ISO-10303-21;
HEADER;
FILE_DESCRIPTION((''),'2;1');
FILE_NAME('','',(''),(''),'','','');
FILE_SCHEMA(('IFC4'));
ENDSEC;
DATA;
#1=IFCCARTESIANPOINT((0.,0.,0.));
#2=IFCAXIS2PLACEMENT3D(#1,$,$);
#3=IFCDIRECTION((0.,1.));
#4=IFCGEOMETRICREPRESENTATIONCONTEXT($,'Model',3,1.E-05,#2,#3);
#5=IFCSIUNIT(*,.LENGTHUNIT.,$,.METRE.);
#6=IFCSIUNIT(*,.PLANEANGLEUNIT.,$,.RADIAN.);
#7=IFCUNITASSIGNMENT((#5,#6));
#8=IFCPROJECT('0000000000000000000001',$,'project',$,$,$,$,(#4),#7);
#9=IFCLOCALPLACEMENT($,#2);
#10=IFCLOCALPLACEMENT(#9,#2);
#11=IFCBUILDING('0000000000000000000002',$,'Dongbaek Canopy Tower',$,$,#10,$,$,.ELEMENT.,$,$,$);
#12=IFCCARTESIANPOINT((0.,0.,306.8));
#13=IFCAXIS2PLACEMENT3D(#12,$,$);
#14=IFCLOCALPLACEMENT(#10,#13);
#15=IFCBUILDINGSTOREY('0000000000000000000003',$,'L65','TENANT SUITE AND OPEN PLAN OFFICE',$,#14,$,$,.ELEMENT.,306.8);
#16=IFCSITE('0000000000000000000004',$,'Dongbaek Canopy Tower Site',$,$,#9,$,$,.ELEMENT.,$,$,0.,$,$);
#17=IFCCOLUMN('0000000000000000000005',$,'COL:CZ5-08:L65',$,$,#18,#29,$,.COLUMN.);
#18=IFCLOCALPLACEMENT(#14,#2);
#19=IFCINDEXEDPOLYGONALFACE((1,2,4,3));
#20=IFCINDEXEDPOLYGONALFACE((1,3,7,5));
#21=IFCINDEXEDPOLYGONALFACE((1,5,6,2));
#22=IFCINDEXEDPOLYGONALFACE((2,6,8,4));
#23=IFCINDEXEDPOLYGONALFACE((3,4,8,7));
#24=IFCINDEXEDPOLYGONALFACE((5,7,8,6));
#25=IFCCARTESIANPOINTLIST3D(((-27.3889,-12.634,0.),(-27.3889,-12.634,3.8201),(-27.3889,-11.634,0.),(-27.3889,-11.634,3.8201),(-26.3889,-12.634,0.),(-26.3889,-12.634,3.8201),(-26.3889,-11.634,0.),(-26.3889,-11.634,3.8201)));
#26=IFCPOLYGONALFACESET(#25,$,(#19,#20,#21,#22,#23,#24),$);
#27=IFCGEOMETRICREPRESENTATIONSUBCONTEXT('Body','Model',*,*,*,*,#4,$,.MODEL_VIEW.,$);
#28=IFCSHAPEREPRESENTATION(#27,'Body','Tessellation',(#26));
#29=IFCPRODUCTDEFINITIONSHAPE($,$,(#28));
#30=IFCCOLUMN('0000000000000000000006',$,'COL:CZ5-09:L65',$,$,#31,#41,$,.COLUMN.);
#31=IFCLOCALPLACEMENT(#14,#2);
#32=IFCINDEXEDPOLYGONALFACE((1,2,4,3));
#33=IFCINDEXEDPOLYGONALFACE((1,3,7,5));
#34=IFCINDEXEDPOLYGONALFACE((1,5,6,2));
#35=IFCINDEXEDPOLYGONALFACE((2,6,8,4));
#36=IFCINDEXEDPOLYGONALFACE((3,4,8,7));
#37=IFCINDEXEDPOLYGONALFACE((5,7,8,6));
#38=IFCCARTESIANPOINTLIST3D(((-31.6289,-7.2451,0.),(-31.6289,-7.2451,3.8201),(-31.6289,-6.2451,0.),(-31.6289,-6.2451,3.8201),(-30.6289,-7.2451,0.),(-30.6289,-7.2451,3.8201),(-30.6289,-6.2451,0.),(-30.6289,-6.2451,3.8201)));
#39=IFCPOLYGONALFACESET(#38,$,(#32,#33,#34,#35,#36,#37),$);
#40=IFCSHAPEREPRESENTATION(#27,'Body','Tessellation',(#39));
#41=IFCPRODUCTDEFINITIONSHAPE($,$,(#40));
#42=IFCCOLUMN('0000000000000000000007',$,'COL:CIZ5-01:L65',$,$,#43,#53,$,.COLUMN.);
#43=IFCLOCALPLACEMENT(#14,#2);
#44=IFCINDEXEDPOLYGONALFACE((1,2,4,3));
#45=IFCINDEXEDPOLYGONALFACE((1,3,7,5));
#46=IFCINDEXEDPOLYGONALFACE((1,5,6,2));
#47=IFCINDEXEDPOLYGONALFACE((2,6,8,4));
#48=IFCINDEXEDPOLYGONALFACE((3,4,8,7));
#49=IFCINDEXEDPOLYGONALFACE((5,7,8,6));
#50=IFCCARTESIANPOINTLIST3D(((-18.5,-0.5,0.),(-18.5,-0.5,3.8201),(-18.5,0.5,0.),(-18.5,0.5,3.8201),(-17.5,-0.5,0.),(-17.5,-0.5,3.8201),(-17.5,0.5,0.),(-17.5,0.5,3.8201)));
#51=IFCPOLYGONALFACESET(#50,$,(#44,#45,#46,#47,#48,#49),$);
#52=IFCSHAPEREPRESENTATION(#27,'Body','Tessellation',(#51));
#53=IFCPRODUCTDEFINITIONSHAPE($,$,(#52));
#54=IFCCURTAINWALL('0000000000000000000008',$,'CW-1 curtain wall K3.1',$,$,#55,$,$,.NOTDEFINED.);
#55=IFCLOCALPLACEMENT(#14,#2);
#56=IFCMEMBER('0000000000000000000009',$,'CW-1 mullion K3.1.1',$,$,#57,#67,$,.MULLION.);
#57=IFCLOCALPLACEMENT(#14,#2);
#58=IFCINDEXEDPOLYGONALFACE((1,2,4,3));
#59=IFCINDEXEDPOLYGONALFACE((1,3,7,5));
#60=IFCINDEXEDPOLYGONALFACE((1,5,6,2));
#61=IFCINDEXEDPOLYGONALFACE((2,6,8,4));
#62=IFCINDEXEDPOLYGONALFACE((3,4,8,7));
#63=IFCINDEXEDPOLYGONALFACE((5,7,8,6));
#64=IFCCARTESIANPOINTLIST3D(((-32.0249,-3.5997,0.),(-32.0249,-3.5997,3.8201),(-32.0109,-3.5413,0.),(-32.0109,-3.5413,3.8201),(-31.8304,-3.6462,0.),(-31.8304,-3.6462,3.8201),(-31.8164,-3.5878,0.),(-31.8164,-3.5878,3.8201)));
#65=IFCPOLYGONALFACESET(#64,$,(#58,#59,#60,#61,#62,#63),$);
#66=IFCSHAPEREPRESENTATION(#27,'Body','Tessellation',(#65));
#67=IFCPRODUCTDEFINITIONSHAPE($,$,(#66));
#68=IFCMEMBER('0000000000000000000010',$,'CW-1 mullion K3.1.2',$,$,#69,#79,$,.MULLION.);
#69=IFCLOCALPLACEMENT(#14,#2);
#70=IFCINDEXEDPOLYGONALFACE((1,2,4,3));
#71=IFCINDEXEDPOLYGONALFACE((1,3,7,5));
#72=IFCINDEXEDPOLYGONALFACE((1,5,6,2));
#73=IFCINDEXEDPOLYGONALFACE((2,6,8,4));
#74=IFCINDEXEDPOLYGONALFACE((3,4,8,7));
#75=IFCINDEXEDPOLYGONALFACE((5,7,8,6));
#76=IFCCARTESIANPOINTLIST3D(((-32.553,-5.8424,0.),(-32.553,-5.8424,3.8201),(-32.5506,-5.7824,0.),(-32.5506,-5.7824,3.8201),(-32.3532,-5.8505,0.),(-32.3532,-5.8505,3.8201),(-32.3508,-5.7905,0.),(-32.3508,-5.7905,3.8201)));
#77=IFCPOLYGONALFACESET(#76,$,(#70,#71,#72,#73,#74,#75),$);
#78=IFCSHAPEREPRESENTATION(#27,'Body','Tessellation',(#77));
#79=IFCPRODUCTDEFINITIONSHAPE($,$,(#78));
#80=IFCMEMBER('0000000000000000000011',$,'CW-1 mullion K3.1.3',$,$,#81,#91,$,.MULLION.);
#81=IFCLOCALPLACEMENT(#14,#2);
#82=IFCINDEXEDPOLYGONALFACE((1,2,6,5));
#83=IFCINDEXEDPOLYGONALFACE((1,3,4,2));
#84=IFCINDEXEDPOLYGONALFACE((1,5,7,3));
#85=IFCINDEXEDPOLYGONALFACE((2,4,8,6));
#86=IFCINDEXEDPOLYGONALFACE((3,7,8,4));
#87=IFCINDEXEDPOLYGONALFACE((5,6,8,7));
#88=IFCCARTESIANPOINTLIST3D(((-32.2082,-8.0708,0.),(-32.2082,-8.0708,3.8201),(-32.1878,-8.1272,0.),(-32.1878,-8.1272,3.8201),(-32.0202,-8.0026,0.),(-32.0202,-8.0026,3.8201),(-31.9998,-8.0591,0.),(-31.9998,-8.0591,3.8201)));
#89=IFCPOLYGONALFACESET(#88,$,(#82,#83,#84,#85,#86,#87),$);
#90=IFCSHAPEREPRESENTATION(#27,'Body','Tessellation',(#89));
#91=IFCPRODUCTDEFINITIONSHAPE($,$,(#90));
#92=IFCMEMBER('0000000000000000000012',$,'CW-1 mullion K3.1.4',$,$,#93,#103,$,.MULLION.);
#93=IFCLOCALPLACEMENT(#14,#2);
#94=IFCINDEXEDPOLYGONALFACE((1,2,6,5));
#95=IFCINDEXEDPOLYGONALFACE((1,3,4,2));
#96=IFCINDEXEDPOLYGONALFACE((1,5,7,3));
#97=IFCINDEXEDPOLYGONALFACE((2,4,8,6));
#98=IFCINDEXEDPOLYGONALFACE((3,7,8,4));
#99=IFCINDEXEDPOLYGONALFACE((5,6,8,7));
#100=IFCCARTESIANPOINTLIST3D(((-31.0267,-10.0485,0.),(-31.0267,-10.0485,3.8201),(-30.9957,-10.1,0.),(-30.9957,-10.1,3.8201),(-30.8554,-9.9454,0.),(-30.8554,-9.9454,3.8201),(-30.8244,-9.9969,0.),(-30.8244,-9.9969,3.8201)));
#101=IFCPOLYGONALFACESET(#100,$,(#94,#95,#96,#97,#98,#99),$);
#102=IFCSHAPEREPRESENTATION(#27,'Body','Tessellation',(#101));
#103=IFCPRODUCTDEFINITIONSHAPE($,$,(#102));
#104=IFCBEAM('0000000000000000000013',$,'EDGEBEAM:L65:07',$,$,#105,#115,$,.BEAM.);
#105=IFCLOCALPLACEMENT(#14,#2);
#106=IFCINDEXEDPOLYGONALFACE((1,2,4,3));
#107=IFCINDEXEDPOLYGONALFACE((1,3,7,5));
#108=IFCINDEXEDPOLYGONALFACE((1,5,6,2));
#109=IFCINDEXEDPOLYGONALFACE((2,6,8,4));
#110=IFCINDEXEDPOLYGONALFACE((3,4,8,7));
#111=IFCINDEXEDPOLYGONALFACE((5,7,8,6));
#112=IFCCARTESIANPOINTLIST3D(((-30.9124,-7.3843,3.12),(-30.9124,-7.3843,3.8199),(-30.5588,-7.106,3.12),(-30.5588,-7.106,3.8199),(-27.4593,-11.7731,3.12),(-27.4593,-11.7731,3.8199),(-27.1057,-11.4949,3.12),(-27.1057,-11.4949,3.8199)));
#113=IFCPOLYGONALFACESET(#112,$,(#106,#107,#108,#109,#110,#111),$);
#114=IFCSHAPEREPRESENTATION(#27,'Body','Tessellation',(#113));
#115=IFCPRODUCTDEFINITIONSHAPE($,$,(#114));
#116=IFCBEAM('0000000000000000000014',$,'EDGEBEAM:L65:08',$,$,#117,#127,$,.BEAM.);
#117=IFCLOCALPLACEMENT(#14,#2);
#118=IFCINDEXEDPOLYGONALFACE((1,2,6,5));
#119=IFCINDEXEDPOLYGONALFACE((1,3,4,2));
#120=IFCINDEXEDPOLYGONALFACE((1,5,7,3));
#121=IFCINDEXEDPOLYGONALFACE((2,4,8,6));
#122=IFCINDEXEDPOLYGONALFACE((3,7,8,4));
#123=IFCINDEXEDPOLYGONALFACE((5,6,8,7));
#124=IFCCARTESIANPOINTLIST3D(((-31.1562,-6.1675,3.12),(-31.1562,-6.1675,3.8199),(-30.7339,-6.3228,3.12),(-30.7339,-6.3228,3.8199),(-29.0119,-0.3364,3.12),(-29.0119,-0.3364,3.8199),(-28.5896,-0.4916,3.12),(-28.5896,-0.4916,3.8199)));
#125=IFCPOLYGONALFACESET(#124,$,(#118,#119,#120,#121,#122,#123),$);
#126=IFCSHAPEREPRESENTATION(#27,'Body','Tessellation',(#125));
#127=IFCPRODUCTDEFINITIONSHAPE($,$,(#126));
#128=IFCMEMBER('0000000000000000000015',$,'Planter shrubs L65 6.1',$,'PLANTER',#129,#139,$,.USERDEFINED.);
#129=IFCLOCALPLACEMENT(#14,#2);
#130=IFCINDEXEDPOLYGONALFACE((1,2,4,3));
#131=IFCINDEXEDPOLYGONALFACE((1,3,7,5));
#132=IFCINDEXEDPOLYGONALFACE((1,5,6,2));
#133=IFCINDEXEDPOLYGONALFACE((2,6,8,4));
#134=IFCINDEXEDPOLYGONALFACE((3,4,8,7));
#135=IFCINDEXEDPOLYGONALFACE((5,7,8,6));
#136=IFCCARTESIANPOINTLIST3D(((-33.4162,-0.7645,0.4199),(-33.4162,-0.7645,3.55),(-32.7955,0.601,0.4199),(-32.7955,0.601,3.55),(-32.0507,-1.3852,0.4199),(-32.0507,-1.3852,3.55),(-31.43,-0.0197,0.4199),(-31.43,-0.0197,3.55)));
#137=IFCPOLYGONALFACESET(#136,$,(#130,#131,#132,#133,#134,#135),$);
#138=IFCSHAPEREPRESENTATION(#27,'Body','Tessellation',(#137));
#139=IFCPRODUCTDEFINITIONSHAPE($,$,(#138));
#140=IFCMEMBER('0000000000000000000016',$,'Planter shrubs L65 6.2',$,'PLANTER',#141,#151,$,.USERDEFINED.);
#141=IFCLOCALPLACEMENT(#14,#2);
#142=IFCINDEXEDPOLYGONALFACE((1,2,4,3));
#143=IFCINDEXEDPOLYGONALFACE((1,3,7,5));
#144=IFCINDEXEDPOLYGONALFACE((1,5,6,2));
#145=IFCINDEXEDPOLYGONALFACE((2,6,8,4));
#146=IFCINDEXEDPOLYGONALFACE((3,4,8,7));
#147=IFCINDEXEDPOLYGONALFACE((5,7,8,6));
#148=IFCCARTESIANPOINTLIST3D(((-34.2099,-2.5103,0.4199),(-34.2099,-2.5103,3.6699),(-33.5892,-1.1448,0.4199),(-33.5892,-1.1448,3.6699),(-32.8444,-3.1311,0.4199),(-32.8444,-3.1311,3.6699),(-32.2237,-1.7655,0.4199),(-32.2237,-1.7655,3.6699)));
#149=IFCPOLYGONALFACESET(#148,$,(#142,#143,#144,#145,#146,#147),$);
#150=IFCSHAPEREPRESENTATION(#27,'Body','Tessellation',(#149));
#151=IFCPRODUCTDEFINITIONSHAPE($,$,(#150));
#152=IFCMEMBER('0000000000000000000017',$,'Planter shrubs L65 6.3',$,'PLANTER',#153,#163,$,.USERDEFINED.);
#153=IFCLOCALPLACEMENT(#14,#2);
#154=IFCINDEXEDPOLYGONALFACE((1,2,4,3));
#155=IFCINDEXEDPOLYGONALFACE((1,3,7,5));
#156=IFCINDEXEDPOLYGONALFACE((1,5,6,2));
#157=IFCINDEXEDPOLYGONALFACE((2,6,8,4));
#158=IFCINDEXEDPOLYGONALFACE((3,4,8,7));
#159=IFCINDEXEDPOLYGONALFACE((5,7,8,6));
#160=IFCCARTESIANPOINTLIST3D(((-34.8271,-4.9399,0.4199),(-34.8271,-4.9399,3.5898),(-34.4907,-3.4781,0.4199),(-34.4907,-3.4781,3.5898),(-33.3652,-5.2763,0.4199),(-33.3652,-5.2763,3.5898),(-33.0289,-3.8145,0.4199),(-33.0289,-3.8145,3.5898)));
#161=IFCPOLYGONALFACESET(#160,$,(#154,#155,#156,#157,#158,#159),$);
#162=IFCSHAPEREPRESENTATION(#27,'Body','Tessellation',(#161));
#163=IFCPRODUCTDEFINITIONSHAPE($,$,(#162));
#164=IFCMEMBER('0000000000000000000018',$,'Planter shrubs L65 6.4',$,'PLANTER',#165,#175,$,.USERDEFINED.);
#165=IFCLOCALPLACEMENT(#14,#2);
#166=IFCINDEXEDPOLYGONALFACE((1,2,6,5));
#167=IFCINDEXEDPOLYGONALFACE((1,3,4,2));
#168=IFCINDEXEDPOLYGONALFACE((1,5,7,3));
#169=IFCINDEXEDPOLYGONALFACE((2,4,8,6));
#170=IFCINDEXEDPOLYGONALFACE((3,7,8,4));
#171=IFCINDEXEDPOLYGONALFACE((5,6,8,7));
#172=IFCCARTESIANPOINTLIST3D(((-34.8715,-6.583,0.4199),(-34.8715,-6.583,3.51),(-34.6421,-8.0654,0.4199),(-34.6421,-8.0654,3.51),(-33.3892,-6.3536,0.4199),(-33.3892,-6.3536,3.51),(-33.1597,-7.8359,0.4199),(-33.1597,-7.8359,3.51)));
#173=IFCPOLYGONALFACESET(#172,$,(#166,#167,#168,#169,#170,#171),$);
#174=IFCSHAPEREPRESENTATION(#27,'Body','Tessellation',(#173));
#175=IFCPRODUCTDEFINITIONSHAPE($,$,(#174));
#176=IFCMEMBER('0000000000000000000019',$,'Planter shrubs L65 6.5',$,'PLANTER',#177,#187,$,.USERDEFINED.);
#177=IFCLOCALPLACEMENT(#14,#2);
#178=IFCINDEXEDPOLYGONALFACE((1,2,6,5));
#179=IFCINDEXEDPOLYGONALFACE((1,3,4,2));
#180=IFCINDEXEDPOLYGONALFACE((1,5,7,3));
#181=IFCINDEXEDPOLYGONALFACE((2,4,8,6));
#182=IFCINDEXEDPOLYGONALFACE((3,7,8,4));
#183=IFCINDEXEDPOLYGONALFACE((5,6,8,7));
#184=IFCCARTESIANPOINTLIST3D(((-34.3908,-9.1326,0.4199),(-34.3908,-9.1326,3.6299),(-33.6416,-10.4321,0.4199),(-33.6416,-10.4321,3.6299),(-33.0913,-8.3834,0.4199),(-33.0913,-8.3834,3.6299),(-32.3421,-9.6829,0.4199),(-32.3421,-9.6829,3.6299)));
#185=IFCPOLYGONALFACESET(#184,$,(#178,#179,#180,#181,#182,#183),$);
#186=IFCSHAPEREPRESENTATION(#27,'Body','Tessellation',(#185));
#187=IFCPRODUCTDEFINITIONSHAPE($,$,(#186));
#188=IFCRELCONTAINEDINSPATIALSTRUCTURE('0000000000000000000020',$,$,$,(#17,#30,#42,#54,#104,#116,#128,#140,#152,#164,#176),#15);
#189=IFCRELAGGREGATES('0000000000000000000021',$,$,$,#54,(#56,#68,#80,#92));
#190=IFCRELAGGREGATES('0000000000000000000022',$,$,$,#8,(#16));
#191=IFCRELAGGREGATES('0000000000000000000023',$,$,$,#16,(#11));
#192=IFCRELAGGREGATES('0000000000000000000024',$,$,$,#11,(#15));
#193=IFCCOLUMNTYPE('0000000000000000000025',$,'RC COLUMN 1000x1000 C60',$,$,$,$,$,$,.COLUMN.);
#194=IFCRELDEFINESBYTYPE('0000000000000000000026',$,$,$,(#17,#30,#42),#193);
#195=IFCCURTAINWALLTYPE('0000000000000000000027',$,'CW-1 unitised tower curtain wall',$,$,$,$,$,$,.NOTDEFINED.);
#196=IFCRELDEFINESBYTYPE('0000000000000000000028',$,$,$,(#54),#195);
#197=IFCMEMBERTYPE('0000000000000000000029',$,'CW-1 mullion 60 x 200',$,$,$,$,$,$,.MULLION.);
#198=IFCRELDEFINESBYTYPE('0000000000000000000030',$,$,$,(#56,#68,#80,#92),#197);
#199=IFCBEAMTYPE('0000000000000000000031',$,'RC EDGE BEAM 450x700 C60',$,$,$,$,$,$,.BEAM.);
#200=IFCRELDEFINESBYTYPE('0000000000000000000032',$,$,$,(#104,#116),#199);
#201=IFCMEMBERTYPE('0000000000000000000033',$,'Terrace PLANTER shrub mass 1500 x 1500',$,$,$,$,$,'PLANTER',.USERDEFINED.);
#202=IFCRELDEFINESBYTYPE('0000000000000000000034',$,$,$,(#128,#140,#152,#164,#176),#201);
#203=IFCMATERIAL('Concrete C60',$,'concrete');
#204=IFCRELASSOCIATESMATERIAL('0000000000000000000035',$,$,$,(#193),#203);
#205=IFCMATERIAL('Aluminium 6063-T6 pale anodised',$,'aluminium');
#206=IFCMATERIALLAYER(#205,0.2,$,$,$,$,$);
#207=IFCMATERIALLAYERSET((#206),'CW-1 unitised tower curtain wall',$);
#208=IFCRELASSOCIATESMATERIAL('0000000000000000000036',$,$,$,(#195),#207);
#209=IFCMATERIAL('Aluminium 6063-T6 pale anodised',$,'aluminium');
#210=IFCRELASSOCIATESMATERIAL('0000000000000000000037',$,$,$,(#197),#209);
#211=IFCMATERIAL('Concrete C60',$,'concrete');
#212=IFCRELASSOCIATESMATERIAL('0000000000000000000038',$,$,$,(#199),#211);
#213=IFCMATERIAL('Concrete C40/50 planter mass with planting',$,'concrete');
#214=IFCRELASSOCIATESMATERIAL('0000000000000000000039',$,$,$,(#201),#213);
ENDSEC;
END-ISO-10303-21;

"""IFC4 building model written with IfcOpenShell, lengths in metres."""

from ifc_helpers import new_model, si_unit, direction, frame, origin, origin_2d, place, context, subcontext, project, spatial, rectangle, extrude, material, layer, layer_set, material_profile, profile_set, type_object, element, aggregate, save


model = new_model("IFC4")

# Units and contexts
model_context = context("Model", 3, precision=1e-05, world=origin(), true_north=direction((0.0, 1.0)))
body_context = subcontext(model_context, "Body", "Model", "MODEL_VIEW")
ifc_project = project(units=[si_unit("LENGTHUNIT", "METRE"), si_unit("PLANEANGLEUNIT", "RADIAN")], contexts=[model_context])

# Site, building, storey
site_placement = place(None, origin())
site = spatial("IfcSite", under=ifc_project, at=site_placement, Name="Dongbaek Canopy Tower Site", CompositionType="ELEMENT", RefElevation=0.0)
building_placement = place(site_placement, origin())
building = spatial("IfcBuilding", under=site, at=building_placement, Name="Dongbaek Canopy Tower", CompositionType="ELEMENT")
storey_placement = place(building_placement, frame((0.0, 0.0, 306.8)))
storey = spatial("IfcBuildingStorey", under=building, at=storey_placement, Name="L65", Description="TENANT SUITE AND OPEN PLAN OFFICE", CompositionType="ELEMENT", Elevation=306.8)

# Columns
ifc_material_1 = material(Name="Concrete C60", Category="concrete")
ifc_material_profile_1 = material_profile(ifc_material_1, rectangle(XDim=1.0, YDim=1.0, at=origin_2d()), Name="RC COLUMN 1000x1000 C60")
ifc_profile_set_1 = profile_set([ifc_material_profile_1], Name="Concrete C60")
column_type = type_object("IfcColumnType", Name="RC COLUMN 1000x1000 C60", PredefinedType="COLUMN", material=ifc_profile_set_1)
for number, where, z_axis, x_axis, name in (
    (1, (-26.8889, -12.134, 0.0), (0.0, 0.0, 1.0), (1.0, 0.0, 0.0), "COL:CZ5-08:L65"),
    (2, (-31.1289, -6.7451, 0.0), (0.0, 0.0, 1.0), (1.0, 0.0, 0.0), "COL:CZ5-09:L65"),
    (3, (-18.0, 0.0, 0.0), (0.0, 0.0, 1.0), (1.0, 0.0, 0.0), "COL:CIZ5-01:L65"),
):
    element("IfcColumn", number, at=place(storey_placement, frame(where, z_axis=z_axis, x_axis=x_axis)), inside=storey, type_object=column_type, Name=name, PredefinedType="COLUMN", context=body_context, shape_type="SweptSolid", body=[
        extrude(rectangle(XDim=1.0, YDim=1.0, at=origin_2d()), origin(), (0.0, 0.0, 1.0), 3.8201),
    ])

# Curtain wall, members
ifc_material_2 = material(Name="Aluminium 6063-T6 pale anodised", Category="aluminium")
ifc_layer_1 = layer(ifc_material_2, 0.2)
ifc_layer_set_1 = layer_set([ifc_layer_1], Name="CW-1 unitised tower curtain wall")
curtain_wall_type = type_object("IfcCurtainWallType", Name="CW-1 unitised tower curtain wall", PredefinedType="NOTDEFINED", material=ifc_layer_set_1)
curtain_wall_placement = place(storey_placement, origin())
curtain_wall = element("IfcCurtainWall", 4, at=curtain_wall_placement, inside=storey, type_object=curtain_wall_type, Name="CW-1 curtain wall K3.1", PredefinedType="NOTDEFINED")
ifc_material_3 = material(Name="Aluminium 6063-T6 pale anodised", Category="aluminium")
ifc_material_profile_2 = material_profile(ifc_material_3, rectangle(XDim=0.2, YDim=0.0601, at=origin_2d()), Name="CW-1 mullion 60 x 200")
ifc_profile_set_2 = profile_set([ifc_material_profile_2], Name="Aluminium 6063-T6 pale anodised")
member_type_1 = type_object("IfcMemberType", Name="CW-1 mullion 60 x 200", PredefinedType="MULLION", material=ifc_profile_set_2)
member_1_placement = place(storey_placement, frame((-31.9207, -3.5938, 0.0), z_axis=(0.0, 0.0, 1.0), x_axis=(-0.972601, 0.232482, 0.0)))
member_1 = element("IfcMember", 5, at=member_1_placement, type_object=member_type_1, Name="CW-1 mullion K3.1.1", PredefinedType="MULLION", context=body_context, shape_type="SweptSolid", body=[
    extrude(rectangle(XDim=0.2, YDim=0.0601, at=origin_2d()), origin(), (0.0, 0.0, 1.0), 3.8201),
])
member_2_placement = place(storey_placement, frame((-32.4519, -5.8164, 0.0), z_axis=(0.0, 0.0, 1.0), x_axis=(-0.999179, 0.04052, 0.0)))
member_2 = element("IfcMember", 6, at=member_2_placement, type_object=member_type_1, Name="CW-1 mullion K3.1.2", PredefinedType="MULLION", context=body_context, shape_type="SweptSolid", body=[
    extrude(rectangle(XDim=0.2, YDim=0.0601, at=origin_2d()), origin(), (0.0, 0.0, 1.0), 3.8201),
])
member_3_placement = place(storey_placement, frame((-32.104, -8.0649, 0.0), z_axis=(0.0, 0.0, 1.0), x_axis=(-0.940171, -0.340703, 0.0)))
member_3 = element("IfcMember", 7, at=member_3_placement, type_object=member_type_1, Name="CW-1 mullion K3.1.3", PredefinedType="MULLION", context=body_context, shape_type="SweptSolid", body=[
    extrude(rectangle(XDim=0.2, YDim=0.0601, at=origin_2d()), origin(), (0.0, 0.0, 1.0), 3.8201),
])
member_4_placement = place(storey_placement, frame((-30.9255, -10.0227, 0.0), z_axis=(0.0, 0.0, 1.0), x_axis=(-0.856802, -0.515646, 0.0)))
member_4 = element("IfcMember", 8, at=member_4_placement, type_object=member_type_1, Name="CW-1 mullion K3.1.4", PredefinedType="MULLION", context=body_context, shape_type="SweptSolid", body=[
    extrude(rectangle(XDim=0.2, YDim=0.0601, at=origin_2d()), origin(), (0.0, 0.0, 1.0), 3.8201),
])

# Beams
ifc_material_4 = material(Name="Concrete C60", Category="concrete")
ifc_material_profile_3 = material_profile(ifc_material_4, rectangle(XDim=0.45, YDim=0.7, at=origin_2d()), Name="RC EDGE BEAM 450x700 C60")
ifc_profile_set_3 = profile_set([ifc_material_profile_3], Name="Concrete C60")
beam_type = type_object("IfcBeamType", Name="RC EDGE BEAM 450x700 C60", PredefinedType="BEAM", material=ifc_profile_set_3)
beam_1_placement = place(storey_placement, frame((-27.2825, -11.634, 3.47), z_axis=(-0.618341, 0.78591, 0.0), x_axis=(-0.78591, -0.618341, 0.0)))
element("IfcBeam", 9, at=beam_1_placement, inside=storey, type_object=beam_type, Name="EDGEBEAM:L65:07", PredefinedType="BEAM", context=body_context, shape_type="SweptSolid", body=[
    extrude(rectangle(XDim=0.45, YDim=0.7, at=origin_2d()), origin(), (0.0, 0.0, 1.0), 5.5845),
])
beam_2_placement = place(storey_placement, frame((-30.9451, -6.2451, 3.47), z_axis=(0.345139, 0.938552, 0.0), x_axis=(-0.938552, 0.345139, 0.0)))
element("IfcBeam", 10, at=beam_2_placement, inside=storey, type_object=beam_type, Name="EDGEBEAM:L65:08", PredefinedType="BEAM", context=body_context, shape_type="SweptSolid", body=[
    extrude(rectangle(XDim=0.45, YDim=0.7, at=origin_2d()), origin(), (0.0, 0.0, 1.0), 6.2129),
])

# Members
ifc_material_5 = material(Name="Concrete C40/50 planter mass with planting", Category="concrete")
ifc_material_profile_4 = material_profile(ifc_material_5, rectangle(XDim=1.5, YDim=1.5, at=origin_2d()), Name="Terrace PLANTER shrub mass 1500 x 1500")
ifc_profile_set_4 = profile_set([ifc_material_profile_4], Name="Concrete C40/50 planter mass with planting")
member_type_2 = type_object("IfcMemberType", Name="Terrace PLANTER shrub mass 1500 x 1500", ElementType="PLANTER", PredefinedType="USERDEFINED", material=ifc_profile_set_4)
member_5_placement = place(storey_placement, frame((-32.4231, -0.3921, 0.4199), z_axis=(0.0, 0.0, 1.0), x_axis=(-0.910356, 0.413826, 0.0)))
element("IfcMember", 11, at=member_5_placement, inside=storey, type_object=member_type_2, Name="Planter shrubs L65 6.1", ObjectType="PLANTER", PredefinedType="USERDEFINED", context=body_context, shape_type="SweptSolid", body=[
    extrude(rectangle(XDim=1.5, YDim=1.5, at=origin_2d()), origin(), (0.0, 0.0, 1.0), 3.1301),
])
member_6_placement = place(storey_placement, frame((-33.2168, -2.1379, 0.4199), z_axis=(0.0, 0.0, 1.0), x_axis=(-0.910356, 0.413826, 0.0)))
element("IfcMember", 12, at=member_6_placement, inside=storey, type_object=member_type_2, Name="Planter shrubs L65 6.2", ObjectType="PLANTER", PredefinedType="USERDEFINED", context=body_context, shape_type="SweptSolid", body=[
    extrude(rectangle(XDim=1.5, YDim=1.5, at=origin_2d()), origin(), (0.0, 0.0, 1.0), 3.25),
])
member_7_placement = place(storey_placement, frame((-33.928, -4.3772, 0.4199), z_axis=(0.0, 0.0, 1.0), x_axis=(-0.974537, 0.224226, 0.0)))
element("IfcMember", 13, at=member_7_placement, inside=storey, type_object=member_type_2, Name="Planter shrubs L65 6.3", ObjectType="PLANTER", PredefinedType="USERDEFINED", context=body_context, shape_type="SweptSolid", body=[
    extrude(rectangle(XDim=1.5, YDim=1.5, at=origin_2d()), origin(), (0.0, 0.0, 1.0), 3.1699),
])
member_8_placement = place(storey_placement, frame((-34.0156, -7.2095, 0.4199), z_axis=(0.0, 0.0, 1.0), x_axis=(-0.988232, -0.152964, 0.0)))
element("IfcMember", 14, at=member_8_placement, inside=storey, type_object=member_type_2, Name="Planter shrubs L65 6.4", ObjectType="PLANTER", PredefinedType="USERDEFINED", context=body_context, shape_type="SweptSolid", body=[
    extrude(rectangle(XDim=1.5, YDim=1.5, at=origin_2d()), origin(), (0.0, 0.0, 1.0), 3.0901),
])
member_9_placement = place(storey_placement, frame((-33.3665, -9.4077, 0.4199), z_axis=(0.0, 0.0, 1.0), x_axis=(-0.866329, -0.499475, 0.0)))
element("IfcMember", 15, at=member_9_placement, inside=storey, type_object=member_type_2, Name="Planter shrubs L65 6.5", ObjectType="PLANTER", PredefinedType="USERDEFINED", context=body_context, shape_type="SweptSolid", body=[
    extrude(rectangle(XDim=1.5, YDim=1.5, at=origin_2d()), origin(), (0.0, 0.0, 1.0), 3.21),
])

aggregate(curtain_wall, [member_1, member_2, member_3, member_4])

save(model, "model.ifc")
